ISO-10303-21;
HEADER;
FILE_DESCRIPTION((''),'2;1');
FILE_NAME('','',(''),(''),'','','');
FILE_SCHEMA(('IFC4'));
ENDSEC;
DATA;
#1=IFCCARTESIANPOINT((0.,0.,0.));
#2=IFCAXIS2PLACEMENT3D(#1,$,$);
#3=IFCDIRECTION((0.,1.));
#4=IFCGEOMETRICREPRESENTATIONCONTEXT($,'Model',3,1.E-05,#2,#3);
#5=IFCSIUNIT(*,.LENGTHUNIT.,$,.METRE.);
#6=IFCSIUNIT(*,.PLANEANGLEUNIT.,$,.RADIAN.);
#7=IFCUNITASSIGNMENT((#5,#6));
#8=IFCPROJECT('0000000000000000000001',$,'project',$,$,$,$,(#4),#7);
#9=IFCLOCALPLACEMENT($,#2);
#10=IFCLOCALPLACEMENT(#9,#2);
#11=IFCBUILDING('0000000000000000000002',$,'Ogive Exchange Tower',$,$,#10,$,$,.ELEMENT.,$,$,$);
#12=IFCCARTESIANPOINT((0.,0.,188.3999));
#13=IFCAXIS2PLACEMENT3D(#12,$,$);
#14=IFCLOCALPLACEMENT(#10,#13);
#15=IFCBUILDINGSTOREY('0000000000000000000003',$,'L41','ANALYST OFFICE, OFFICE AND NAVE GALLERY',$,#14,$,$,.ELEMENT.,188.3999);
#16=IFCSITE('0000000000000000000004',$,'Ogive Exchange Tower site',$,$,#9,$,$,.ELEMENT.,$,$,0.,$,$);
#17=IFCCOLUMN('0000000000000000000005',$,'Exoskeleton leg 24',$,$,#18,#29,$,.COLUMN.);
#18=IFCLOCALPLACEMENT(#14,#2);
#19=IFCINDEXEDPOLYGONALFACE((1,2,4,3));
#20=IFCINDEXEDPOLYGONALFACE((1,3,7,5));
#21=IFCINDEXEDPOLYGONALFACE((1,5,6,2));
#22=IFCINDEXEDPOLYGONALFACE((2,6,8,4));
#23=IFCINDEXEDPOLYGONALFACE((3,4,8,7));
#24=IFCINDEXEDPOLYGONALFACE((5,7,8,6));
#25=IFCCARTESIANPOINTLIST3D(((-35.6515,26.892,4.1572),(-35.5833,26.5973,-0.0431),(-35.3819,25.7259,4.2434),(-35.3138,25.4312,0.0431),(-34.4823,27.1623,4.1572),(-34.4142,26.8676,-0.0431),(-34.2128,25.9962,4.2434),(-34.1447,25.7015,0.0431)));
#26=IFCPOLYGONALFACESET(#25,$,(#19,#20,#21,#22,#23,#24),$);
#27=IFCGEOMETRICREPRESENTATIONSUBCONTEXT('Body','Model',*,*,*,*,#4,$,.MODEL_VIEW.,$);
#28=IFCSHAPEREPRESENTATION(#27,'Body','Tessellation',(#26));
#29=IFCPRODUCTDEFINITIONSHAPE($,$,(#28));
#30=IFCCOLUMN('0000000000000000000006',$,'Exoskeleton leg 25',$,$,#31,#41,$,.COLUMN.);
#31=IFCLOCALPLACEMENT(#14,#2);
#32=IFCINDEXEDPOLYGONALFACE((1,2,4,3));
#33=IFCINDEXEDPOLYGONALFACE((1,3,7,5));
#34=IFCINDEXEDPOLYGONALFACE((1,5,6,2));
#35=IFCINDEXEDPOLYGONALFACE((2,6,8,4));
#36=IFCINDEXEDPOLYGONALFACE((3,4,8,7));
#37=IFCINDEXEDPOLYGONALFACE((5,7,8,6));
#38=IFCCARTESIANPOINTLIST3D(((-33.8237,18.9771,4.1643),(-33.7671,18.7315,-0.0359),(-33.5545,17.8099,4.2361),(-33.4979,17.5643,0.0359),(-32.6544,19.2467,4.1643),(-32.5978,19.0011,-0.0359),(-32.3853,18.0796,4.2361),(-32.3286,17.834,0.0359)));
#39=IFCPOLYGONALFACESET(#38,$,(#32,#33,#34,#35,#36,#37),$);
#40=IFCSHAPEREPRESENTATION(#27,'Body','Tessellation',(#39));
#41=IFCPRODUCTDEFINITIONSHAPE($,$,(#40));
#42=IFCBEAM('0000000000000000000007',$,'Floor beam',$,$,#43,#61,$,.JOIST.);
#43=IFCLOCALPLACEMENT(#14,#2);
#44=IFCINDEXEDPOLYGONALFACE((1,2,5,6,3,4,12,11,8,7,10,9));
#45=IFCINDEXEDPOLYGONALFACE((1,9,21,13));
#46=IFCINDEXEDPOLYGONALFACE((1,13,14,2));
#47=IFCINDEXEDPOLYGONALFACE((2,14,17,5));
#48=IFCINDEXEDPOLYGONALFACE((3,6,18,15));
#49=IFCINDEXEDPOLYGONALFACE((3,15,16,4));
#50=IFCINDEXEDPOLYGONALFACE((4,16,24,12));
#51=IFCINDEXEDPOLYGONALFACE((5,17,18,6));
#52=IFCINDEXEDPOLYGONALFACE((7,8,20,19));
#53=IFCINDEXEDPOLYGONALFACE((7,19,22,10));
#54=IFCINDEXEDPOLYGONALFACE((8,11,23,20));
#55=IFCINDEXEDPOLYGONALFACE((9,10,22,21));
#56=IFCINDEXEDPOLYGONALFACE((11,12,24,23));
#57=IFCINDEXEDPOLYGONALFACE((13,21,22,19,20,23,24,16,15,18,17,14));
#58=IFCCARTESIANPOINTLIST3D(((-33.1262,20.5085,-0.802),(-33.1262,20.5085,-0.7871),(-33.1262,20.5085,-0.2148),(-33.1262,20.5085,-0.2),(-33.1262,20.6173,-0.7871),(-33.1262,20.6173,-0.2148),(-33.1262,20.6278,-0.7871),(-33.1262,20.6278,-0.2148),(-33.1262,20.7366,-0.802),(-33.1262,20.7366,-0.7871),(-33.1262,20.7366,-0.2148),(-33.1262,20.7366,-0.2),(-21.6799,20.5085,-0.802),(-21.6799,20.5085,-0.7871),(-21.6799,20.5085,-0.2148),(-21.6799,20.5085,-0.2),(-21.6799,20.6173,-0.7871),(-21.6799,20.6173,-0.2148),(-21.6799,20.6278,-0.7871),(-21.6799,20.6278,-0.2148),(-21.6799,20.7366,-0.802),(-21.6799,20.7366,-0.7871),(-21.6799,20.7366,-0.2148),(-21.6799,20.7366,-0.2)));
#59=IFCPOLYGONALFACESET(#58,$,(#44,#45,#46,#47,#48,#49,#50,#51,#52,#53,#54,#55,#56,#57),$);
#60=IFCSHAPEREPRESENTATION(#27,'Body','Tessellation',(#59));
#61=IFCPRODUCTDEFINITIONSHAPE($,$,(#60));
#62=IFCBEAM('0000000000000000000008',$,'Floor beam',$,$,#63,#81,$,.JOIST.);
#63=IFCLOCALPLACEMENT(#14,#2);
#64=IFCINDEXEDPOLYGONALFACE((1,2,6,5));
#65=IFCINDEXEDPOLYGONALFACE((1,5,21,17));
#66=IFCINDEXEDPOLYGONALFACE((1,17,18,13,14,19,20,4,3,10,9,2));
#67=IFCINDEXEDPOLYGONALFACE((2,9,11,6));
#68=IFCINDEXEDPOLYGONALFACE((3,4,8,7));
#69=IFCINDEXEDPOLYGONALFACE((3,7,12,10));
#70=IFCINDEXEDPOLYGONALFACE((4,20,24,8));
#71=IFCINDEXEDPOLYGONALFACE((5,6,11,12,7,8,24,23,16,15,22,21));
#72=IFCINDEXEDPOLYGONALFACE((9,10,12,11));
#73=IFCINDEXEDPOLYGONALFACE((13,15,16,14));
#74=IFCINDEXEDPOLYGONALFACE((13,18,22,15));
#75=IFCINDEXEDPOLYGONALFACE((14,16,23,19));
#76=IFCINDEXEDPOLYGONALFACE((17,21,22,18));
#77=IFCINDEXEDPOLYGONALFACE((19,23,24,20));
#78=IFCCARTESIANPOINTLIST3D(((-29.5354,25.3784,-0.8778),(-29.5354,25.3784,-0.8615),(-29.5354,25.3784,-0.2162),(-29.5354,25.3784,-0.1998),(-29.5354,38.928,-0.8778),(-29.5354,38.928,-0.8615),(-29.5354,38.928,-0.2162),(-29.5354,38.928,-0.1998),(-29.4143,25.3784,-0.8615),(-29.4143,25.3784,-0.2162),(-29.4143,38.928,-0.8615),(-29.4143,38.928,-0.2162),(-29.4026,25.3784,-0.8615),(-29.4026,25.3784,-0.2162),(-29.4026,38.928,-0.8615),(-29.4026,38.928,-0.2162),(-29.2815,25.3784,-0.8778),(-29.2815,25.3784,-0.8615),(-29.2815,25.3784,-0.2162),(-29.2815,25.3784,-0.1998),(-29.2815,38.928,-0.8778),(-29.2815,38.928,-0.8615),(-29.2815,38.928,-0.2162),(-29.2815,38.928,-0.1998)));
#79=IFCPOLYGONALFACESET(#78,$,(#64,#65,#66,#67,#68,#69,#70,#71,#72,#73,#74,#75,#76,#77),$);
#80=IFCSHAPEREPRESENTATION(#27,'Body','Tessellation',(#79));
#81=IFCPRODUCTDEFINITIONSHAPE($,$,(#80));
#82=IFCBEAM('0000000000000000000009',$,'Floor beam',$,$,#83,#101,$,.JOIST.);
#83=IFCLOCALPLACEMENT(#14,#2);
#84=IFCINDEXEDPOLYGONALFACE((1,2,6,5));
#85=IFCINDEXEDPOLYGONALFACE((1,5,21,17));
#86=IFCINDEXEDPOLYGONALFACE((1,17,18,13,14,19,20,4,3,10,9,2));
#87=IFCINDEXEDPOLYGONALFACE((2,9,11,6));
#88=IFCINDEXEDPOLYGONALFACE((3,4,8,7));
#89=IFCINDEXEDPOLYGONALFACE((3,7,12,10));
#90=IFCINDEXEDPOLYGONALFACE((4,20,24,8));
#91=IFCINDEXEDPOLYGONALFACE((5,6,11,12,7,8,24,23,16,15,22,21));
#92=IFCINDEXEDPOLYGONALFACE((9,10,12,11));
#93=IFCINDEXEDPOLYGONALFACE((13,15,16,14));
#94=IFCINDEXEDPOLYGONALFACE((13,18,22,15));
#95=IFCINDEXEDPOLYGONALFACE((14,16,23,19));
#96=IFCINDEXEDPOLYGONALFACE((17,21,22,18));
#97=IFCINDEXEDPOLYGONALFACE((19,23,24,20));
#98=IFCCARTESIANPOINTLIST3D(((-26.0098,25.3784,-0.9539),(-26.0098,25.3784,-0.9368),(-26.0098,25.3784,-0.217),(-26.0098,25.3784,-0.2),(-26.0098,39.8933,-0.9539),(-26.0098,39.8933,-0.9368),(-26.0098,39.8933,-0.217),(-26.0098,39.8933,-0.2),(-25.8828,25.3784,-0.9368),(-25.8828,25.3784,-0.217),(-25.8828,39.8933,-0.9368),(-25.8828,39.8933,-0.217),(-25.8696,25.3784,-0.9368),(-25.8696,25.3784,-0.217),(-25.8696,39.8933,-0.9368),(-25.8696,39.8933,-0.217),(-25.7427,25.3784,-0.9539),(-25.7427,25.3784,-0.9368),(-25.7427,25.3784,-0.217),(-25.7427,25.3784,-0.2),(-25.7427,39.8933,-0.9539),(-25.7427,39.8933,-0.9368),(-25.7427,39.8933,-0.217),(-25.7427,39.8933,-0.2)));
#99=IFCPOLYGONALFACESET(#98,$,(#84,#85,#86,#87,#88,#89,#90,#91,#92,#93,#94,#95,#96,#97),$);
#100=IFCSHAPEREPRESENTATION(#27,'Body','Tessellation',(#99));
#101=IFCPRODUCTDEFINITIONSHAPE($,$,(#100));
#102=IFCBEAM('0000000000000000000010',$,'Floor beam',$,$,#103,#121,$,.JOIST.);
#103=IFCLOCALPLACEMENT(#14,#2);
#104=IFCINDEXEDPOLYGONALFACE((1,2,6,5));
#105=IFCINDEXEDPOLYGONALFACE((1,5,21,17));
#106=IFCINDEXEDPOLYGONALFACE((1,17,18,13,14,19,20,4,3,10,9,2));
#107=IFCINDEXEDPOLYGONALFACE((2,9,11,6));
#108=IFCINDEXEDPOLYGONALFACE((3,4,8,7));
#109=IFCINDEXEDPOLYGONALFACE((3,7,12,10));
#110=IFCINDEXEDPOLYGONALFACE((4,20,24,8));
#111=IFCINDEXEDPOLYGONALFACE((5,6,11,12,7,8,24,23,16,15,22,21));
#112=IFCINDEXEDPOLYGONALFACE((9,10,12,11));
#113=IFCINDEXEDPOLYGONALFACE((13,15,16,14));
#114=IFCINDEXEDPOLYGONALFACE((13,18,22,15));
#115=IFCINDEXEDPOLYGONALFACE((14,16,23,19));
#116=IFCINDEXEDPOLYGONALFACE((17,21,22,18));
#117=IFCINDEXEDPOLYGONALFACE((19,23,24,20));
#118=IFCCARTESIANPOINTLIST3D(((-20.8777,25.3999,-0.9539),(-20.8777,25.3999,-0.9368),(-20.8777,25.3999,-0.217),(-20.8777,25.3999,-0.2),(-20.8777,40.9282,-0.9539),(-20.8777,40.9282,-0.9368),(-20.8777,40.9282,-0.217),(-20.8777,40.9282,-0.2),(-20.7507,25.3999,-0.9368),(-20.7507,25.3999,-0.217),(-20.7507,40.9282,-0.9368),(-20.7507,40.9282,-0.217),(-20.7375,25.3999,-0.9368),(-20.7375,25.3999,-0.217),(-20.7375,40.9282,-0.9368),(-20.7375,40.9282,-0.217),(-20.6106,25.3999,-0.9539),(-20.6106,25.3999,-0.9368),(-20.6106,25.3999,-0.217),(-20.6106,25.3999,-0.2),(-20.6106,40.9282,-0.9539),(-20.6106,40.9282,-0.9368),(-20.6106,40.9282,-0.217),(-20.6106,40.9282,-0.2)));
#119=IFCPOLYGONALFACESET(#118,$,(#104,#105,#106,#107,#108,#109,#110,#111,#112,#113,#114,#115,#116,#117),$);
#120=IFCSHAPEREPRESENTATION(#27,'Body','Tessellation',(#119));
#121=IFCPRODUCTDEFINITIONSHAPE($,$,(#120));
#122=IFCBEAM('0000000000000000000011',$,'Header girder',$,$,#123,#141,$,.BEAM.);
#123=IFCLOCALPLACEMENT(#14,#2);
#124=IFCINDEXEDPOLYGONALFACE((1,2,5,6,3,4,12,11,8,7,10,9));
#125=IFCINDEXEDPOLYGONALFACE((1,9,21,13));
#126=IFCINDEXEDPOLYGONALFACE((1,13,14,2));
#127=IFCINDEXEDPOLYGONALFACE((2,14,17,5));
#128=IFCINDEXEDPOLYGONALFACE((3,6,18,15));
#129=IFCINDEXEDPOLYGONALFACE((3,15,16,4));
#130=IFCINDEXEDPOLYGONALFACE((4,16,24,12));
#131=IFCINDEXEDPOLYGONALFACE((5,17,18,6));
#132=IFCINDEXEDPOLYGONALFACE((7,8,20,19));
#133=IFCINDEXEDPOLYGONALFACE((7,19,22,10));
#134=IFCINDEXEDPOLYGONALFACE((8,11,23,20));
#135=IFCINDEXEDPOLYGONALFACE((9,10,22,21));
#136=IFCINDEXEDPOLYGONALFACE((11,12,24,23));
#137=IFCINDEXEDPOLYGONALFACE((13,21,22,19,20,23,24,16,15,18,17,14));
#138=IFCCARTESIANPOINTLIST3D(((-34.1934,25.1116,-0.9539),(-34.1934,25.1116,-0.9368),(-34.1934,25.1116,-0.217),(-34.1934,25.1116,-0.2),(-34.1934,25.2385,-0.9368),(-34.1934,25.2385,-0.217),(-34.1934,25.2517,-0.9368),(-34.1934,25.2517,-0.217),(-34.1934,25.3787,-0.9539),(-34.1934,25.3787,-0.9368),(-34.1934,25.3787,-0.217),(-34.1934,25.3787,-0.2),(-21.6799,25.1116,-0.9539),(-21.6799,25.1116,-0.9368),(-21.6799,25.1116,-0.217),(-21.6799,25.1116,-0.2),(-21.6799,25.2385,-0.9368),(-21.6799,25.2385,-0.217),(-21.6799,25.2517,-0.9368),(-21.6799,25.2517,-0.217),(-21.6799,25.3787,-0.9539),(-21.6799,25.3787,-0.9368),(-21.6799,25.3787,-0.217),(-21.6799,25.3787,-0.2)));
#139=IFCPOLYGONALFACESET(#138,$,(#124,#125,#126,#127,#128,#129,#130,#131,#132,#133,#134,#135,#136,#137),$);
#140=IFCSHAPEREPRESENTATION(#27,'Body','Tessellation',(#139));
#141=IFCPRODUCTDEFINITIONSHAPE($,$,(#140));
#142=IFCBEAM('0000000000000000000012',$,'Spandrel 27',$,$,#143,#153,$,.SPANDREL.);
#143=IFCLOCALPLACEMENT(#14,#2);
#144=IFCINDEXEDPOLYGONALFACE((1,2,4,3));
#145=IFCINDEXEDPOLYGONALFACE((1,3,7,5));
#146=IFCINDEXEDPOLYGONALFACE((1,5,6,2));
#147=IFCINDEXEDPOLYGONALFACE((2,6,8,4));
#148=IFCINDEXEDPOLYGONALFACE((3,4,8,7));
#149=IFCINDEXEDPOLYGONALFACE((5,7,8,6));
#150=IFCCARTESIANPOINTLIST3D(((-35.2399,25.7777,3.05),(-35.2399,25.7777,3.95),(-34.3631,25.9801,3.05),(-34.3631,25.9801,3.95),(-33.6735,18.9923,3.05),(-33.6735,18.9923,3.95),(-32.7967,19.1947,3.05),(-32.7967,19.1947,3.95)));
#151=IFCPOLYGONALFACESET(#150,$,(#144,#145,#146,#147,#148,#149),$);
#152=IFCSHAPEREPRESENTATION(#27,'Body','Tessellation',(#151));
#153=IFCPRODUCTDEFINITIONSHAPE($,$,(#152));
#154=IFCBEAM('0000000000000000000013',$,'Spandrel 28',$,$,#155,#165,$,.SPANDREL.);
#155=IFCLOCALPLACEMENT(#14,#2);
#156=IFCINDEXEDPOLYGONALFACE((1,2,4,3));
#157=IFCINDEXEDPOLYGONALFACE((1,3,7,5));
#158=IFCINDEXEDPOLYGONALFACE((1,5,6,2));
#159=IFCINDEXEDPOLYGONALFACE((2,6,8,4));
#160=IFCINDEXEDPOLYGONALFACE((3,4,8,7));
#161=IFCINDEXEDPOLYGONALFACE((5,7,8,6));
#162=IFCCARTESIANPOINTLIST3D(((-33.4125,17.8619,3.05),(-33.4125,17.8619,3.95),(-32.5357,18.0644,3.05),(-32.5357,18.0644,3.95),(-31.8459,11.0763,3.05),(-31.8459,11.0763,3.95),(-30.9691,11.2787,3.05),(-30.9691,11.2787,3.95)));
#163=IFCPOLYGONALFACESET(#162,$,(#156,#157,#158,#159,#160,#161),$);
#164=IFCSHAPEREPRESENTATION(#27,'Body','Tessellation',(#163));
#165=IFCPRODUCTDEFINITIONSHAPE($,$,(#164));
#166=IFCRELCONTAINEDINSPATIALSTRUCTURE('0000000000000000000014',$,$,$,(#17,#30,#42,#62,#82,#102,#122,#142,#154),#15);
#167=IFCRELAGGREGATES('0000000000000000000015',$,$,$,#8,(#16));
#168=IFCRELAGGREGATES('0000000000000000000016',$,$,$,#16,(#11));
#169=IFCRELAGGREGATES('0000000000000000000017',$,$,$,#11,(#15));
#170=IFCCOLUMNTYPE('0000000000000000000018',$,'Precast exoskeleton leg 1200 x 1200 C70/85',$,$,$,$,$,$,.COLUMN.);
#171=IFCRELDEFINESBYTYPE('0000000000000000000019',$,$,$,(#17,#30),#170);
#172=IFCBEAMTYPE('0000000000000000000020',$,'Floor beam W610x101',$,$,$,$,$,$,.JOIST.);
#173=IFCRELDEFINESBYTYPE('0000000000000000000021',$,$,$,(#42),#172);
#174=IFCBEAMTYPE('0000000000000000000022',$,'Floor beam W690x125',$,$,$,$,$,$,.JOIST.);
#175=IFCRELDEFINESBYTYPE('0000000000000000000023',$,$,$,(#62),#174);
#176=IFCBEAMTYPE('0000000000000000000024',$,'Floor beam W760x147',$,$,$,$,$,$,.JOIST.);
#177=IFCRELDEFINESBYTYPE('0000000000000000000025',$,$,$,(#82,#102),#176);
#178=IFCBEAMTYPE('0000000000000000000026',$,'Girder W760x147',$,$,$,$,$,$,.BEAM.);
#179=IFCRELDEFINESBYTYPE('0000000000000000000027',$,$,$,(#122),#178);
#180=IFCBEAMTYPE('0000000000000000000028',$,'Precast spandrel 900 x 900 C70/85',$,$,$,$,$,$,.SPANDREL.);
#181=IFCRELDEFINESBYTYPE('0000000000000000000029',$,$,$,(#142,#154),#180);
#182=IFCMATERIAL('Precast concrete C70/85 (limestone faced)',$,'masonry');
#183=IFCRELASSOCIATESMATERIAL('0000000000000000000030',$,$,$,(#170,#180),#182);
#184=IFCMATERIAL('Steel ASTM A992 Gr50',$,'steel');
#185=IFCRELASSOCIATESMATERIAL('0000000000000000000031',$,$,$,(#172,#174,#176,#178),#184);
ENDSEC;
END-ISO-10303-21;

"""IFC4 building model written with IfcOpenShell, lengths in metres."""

from ifc_helpers import new_model, si_unit, direction, frame, origin, origin_2d, place, context, subcontext, project, spatial, rectangle, i_section, extrude, material, material_profile, profile_set, type_object, element, save


model = new_model("IFC4")

# Units and contexts
model_context = context("Model", 3, precision=1e-05, world=origin(), true_north=direction((0.0, 1.0)))
body_context = subcontext(model_context, "Body", "Model", "MODEL_VIEW")
ifc_project = project(units=[si_unit("LENGTHUNIT", "METRE"), si_unit("PLANEANGLEUNIT", "RADIAN")], contexts=[model_context])

# Site, building, storey
site_placement = place(None, origin())
site = spatial("IfcSite", under=ifc_project, at=site_placement, Name="Ogive Exchange Tower site", CompositionType="ELEMENT", RefElevation=0.0)
building_placement = place(site_placement, origin())
building = spatial("IfcBuilding", under=site, at=building_placement, Name="Ogive Exchange Tower", CompositionType="ELEMENT")
storey_placement = place(building_placement, frame((0.0, 0.0, 188.3999)))
storey = spatial("IfcBuildingStorey", under=building, at=storey_placement, Name="L41", Description="ANALYST OFFICE, OFFICE AND NAVE GALLERY", CompositionType="ELEMENT", Elevation=188.3999)

# Columns
ifc_material_1 = material(Name="Precast concrete C70/85 (limestone faced)", Category="masonry")
ifc_material_profile_1 = material_profile(ifc_material_1, rectangle(XDim=1.2, YDim=1.2, at=origin_2d()), Name="1200 x 1200")
ifc_profile_set_1 = profile_set([ifc_material_profile_1], Name="Precast concrete C70/85 (limestone faced)")
column_type = type_object("IfcColumnType", Name="Precast exoskeleton leg 1200 x 1200 C70/85", PredefinedType="COLUMN", material=ifc_profile_set_1)
column_1_placement = place(storey_placement, frame((-34.864, 26.1494, 0.0), z_axis=(-0.016175, 0.069977, 0.997417), x_axis=(-0.97431, -0.225213, 0.0)))
element("IfcColumn", 1, at=column_1_placement, inside=storey, type_object=column_type, Name="Exoskeleton leg 24", PredefinedType="COLUMN", context=body_context, shape_type="SweptSolid", body=[
    extrude(rectangle(XDim=1.2, YDim=1.2, at=origin_2d()), origin(), (0.0, 0.0, 1.0), 4.2112),
])
column_2_placement = place(storey_placement, frame((-33.0479, 18.2827, 0.0), z_axis=(-0.013461, 0.05837, 0.998204), x_axis=(-0.974424, -0.224718, 0.0)))
element("IfcColumn", 2, at=column_2_placement, inside=storey, type_object=column_type, Name="Exoskeleton leg 25", PredefinedType="COLUMN", context=body_context, shape_type="SweptSolid", body=[
    extrude(rectangle(XDim=1.2, YDim=1.2, at=origin_2d()), origin(), (0.0, 0.0, 1.0), 4.2078),
])

# Beams
ifc_material_2 = material(Name="Steel ASTM A992 Gr50", Category="steel")
ifc_material_profile_2 = material_profile(ifc_material_2, i_section(OverallWidth=0.228, OverallDepth=0.6021, WebThickness=0.0105, FlangeThickness=0.0149, at=origin_2d()), Name="W610x101")
ifc_profile_set_2 = profile_set([ifc_material_profile_2], Name="Steel ASTM A992 Gr50")
beam_type_1 = type_object("IfcBeamType", Name="Floor beam W610x101", PredefinedType="JOIST", material=ifc_profile_set_2)
beam_1_placement = place(storey_placement, frame((-33.1262, 20.6226, -0.501), z_axis=(1.0, 0.0, 0.0), x_axis=(0.0, 1.0, 0.0)))
element("IfcBeam", 3, at=beam_1_placement, inside=storey, type_object=beam_type_1, Name="Floor beam", PredefinedType="JOIST", context=body_context, shape_type="SweptSolid", body=[
    extrude(i_section(OverallWidth=0.228, OverallDepth=0.6021, WebThickness=0.0105, FlangeThickness=0.0149, at=origin_2d()), origin(), (0.0, 0.0, 1.0), 11.4463),
])
ifc_material_profile_3 = material_profile(ifc_material_2, i_section(OverallWidth=0.2539, OverallDepth=0.678, WebThickness=0.0117, FlangeThickness=0.0164, at=origin_2d()), Name="W690x125")
ifc_profile_set_3 = profile_set([ifc_material_profile_3], Name="Steel ASTM A992 Gr50")
beam_type_2 = type_object("IfcBeamType", Name="Floor beam W690x125", PredefinedType="JOIST", material=ifc_profile_set_3)
beam_2_placement = place(storey_placement, frame((-29.4084, 25.3784, -0.5388), z_axis=(0.0, 1.0, 0.0), x_axis=(-1.0, 0.0, 0.0)))
element("IfcBeam", 4, at=beam_2_placement, inside=storey, type_object=beam_type_2, Name="Floor beam", PredefinedType="JOIST", context=body_context, shape_type="SweptSolid", body=[
    extrude(i_section(OverallWidth=0.2539, OverallDepth=0.678, WebThickness=0.0117, FlangeThickness=0.0164, at=origin_2d()), origin(), (0.0, 0.0, 1.0), 13.5496),
])
ifc_material_profile_4 = material_profile(ifc_material_2, i_section(OverallWidth=0.2671, OverallDepth=0.7539, WebThickness=0.0132, FlangeThickness=0.0171, at=origin_2d()), Name="W760x147")
ifc_profile_set_4 = profile_set([ifc_material_profile_4], Name="Steel ASTM A992 Gr50")
beam_type_3 = type_object("IfcBeamType", Name="Floor beam W760x147", PredefinedType="JOIST", material=ifc_profile_set_4)
beam_3_placement = place(storey_placement, frame((-25.8762, 25.3784, -0.5769), z_axis=(0.0, 1.0, 0.0), x_axis=(-1.0, 0.0, 0.0)))
element("IfcBeam", 5, at=beam_3_placement, inside=storey, type_object=beam_type_3, Name="Floor beam", PredefinedType="JOIST", context=body_context, shape_type="SweptSolid", body=[
    extrude(i_section(OverallWidth=0.2671, OverallDepth=0.7539, WebThickness=0.0132, FlangeThickness=0.0171, at=origin_2d()), origin(), (0.0, 0.0, 1.0), 14.5149),
])
beam_4_placement = place(storey_placement, frame((-20.7441, 25.3999, -0.5769), z_axis=(0.0, 1.0, 0.0), x_axis=(-1.0, 0.0, 0.0)))
element("IfcBeam", 6, at=beam_4_placement, inside=storey, type_object=beam_type_3, Name="Floor beam", PredefinedType="JOIST", context=body_context, shape_type="SweptSolid", body=[
    extrude(i_section(OverallWidth=0.2671, OverallDepth=0.7539, WebThickness=0.0132, FlangeThickness=0.0171, at=origin_2d()), origin(), (0.0, 0.0, 1.0), 15.5283),
])
ifc_material_profile_5 = material_profile(ifc_material_2, i_section(OverallWidth=0.2671, OverallDepth=0.7539, WebThickness=0.0132, FlangeThickness=0.0171, at=origin_2d()), Name="W760x147")
ifc_profile_set_5 = profile_set([ifc_material_profile_5], Name="Steel ASTM A992 Gr50")
beam_type_4 = type_object("IfcBeamType", Name="Girder W760x147", PredefinedType="BEAM", material=ifc_profile_set_5)
beam_5_placement = place(storey_placement, frame((-34.1934, 25.2451, -0.5769), z_axis=(1.0, 0.0, 0.0), x_axis=(0.0, 1.0, 0.0)))
element("IfcBeam", 7, at=beam_5_placement, inside=storey, type_object=beam_type_4, Name="Header girder", PredefinedType="BEAM", context=body_context, shape_type="SweptSolid", body=[
    extrude(i_section(OverallWidth=0.2671, OverallDepth=0.7539, WebThickness=0.0132, FlangeThickness=0.0171, at=origin_2d()), origin(), (0.0, 0.0, 1.0), 12.5134),
])
ifc_material_profile_6 = material_profile(ifc_material_1, rectangle(XDim=0.8999, YDim=0.8999, at=origin_2d()), Name="900 x 900")
ifc_profile_set_6 = profile_set([ifc_material_profile_6], Name="Precast concrete C70/85 (limestone faced)")
beam_type_5 = type_object("IfcBeamType", Name="Precast spandrel 900 x 900 C70/85", PredefinedType="SPANDREL", material=ifc_profile_set_6)
beam_6_placement = place(storey_placement, frame((-34.8015, 25.8789, 3.5), z_axis=(0.224934, -0.974374, 0.0), x_axis=(0.974374, 0.224934, 0.0)))
element("IfcBeam", 8, at=beam_6_placement, inside=storey, type_object=beam_type_5, Name="Spandrel 27", PredefinedType="SPANDREL", context=body_context, shape_type="SweptSolid", body=[
    extrude(rectangle(XDim=0.8999, YDim=0.8999, at=origin_2d()), origin(), (0.0, 0.0, 1.0), 6.9639),
])
beam_7_placement = place(storey_placement, frame((-32.9741, 17.9631, 3.5), z_axis=(0.224959, -0.974368, 0.0), x_axis=(0.974368, 0.224959, 0.0)))
element("IfcBeam", 9, at=beam_7_placement, inside=storey, type_object=beam_type_5, Name="Spandrel 28", PredefinedType="SPANDREL", context=body_context, shape_type="SweptSolid", body=[
    extrude(rectangle(XDim=0.8999, YDim=0.8999, at=origin_2d()), origin(), (0.0, 0.0, 1.0), 6.9641),
])

save(model, "model.ifc")
